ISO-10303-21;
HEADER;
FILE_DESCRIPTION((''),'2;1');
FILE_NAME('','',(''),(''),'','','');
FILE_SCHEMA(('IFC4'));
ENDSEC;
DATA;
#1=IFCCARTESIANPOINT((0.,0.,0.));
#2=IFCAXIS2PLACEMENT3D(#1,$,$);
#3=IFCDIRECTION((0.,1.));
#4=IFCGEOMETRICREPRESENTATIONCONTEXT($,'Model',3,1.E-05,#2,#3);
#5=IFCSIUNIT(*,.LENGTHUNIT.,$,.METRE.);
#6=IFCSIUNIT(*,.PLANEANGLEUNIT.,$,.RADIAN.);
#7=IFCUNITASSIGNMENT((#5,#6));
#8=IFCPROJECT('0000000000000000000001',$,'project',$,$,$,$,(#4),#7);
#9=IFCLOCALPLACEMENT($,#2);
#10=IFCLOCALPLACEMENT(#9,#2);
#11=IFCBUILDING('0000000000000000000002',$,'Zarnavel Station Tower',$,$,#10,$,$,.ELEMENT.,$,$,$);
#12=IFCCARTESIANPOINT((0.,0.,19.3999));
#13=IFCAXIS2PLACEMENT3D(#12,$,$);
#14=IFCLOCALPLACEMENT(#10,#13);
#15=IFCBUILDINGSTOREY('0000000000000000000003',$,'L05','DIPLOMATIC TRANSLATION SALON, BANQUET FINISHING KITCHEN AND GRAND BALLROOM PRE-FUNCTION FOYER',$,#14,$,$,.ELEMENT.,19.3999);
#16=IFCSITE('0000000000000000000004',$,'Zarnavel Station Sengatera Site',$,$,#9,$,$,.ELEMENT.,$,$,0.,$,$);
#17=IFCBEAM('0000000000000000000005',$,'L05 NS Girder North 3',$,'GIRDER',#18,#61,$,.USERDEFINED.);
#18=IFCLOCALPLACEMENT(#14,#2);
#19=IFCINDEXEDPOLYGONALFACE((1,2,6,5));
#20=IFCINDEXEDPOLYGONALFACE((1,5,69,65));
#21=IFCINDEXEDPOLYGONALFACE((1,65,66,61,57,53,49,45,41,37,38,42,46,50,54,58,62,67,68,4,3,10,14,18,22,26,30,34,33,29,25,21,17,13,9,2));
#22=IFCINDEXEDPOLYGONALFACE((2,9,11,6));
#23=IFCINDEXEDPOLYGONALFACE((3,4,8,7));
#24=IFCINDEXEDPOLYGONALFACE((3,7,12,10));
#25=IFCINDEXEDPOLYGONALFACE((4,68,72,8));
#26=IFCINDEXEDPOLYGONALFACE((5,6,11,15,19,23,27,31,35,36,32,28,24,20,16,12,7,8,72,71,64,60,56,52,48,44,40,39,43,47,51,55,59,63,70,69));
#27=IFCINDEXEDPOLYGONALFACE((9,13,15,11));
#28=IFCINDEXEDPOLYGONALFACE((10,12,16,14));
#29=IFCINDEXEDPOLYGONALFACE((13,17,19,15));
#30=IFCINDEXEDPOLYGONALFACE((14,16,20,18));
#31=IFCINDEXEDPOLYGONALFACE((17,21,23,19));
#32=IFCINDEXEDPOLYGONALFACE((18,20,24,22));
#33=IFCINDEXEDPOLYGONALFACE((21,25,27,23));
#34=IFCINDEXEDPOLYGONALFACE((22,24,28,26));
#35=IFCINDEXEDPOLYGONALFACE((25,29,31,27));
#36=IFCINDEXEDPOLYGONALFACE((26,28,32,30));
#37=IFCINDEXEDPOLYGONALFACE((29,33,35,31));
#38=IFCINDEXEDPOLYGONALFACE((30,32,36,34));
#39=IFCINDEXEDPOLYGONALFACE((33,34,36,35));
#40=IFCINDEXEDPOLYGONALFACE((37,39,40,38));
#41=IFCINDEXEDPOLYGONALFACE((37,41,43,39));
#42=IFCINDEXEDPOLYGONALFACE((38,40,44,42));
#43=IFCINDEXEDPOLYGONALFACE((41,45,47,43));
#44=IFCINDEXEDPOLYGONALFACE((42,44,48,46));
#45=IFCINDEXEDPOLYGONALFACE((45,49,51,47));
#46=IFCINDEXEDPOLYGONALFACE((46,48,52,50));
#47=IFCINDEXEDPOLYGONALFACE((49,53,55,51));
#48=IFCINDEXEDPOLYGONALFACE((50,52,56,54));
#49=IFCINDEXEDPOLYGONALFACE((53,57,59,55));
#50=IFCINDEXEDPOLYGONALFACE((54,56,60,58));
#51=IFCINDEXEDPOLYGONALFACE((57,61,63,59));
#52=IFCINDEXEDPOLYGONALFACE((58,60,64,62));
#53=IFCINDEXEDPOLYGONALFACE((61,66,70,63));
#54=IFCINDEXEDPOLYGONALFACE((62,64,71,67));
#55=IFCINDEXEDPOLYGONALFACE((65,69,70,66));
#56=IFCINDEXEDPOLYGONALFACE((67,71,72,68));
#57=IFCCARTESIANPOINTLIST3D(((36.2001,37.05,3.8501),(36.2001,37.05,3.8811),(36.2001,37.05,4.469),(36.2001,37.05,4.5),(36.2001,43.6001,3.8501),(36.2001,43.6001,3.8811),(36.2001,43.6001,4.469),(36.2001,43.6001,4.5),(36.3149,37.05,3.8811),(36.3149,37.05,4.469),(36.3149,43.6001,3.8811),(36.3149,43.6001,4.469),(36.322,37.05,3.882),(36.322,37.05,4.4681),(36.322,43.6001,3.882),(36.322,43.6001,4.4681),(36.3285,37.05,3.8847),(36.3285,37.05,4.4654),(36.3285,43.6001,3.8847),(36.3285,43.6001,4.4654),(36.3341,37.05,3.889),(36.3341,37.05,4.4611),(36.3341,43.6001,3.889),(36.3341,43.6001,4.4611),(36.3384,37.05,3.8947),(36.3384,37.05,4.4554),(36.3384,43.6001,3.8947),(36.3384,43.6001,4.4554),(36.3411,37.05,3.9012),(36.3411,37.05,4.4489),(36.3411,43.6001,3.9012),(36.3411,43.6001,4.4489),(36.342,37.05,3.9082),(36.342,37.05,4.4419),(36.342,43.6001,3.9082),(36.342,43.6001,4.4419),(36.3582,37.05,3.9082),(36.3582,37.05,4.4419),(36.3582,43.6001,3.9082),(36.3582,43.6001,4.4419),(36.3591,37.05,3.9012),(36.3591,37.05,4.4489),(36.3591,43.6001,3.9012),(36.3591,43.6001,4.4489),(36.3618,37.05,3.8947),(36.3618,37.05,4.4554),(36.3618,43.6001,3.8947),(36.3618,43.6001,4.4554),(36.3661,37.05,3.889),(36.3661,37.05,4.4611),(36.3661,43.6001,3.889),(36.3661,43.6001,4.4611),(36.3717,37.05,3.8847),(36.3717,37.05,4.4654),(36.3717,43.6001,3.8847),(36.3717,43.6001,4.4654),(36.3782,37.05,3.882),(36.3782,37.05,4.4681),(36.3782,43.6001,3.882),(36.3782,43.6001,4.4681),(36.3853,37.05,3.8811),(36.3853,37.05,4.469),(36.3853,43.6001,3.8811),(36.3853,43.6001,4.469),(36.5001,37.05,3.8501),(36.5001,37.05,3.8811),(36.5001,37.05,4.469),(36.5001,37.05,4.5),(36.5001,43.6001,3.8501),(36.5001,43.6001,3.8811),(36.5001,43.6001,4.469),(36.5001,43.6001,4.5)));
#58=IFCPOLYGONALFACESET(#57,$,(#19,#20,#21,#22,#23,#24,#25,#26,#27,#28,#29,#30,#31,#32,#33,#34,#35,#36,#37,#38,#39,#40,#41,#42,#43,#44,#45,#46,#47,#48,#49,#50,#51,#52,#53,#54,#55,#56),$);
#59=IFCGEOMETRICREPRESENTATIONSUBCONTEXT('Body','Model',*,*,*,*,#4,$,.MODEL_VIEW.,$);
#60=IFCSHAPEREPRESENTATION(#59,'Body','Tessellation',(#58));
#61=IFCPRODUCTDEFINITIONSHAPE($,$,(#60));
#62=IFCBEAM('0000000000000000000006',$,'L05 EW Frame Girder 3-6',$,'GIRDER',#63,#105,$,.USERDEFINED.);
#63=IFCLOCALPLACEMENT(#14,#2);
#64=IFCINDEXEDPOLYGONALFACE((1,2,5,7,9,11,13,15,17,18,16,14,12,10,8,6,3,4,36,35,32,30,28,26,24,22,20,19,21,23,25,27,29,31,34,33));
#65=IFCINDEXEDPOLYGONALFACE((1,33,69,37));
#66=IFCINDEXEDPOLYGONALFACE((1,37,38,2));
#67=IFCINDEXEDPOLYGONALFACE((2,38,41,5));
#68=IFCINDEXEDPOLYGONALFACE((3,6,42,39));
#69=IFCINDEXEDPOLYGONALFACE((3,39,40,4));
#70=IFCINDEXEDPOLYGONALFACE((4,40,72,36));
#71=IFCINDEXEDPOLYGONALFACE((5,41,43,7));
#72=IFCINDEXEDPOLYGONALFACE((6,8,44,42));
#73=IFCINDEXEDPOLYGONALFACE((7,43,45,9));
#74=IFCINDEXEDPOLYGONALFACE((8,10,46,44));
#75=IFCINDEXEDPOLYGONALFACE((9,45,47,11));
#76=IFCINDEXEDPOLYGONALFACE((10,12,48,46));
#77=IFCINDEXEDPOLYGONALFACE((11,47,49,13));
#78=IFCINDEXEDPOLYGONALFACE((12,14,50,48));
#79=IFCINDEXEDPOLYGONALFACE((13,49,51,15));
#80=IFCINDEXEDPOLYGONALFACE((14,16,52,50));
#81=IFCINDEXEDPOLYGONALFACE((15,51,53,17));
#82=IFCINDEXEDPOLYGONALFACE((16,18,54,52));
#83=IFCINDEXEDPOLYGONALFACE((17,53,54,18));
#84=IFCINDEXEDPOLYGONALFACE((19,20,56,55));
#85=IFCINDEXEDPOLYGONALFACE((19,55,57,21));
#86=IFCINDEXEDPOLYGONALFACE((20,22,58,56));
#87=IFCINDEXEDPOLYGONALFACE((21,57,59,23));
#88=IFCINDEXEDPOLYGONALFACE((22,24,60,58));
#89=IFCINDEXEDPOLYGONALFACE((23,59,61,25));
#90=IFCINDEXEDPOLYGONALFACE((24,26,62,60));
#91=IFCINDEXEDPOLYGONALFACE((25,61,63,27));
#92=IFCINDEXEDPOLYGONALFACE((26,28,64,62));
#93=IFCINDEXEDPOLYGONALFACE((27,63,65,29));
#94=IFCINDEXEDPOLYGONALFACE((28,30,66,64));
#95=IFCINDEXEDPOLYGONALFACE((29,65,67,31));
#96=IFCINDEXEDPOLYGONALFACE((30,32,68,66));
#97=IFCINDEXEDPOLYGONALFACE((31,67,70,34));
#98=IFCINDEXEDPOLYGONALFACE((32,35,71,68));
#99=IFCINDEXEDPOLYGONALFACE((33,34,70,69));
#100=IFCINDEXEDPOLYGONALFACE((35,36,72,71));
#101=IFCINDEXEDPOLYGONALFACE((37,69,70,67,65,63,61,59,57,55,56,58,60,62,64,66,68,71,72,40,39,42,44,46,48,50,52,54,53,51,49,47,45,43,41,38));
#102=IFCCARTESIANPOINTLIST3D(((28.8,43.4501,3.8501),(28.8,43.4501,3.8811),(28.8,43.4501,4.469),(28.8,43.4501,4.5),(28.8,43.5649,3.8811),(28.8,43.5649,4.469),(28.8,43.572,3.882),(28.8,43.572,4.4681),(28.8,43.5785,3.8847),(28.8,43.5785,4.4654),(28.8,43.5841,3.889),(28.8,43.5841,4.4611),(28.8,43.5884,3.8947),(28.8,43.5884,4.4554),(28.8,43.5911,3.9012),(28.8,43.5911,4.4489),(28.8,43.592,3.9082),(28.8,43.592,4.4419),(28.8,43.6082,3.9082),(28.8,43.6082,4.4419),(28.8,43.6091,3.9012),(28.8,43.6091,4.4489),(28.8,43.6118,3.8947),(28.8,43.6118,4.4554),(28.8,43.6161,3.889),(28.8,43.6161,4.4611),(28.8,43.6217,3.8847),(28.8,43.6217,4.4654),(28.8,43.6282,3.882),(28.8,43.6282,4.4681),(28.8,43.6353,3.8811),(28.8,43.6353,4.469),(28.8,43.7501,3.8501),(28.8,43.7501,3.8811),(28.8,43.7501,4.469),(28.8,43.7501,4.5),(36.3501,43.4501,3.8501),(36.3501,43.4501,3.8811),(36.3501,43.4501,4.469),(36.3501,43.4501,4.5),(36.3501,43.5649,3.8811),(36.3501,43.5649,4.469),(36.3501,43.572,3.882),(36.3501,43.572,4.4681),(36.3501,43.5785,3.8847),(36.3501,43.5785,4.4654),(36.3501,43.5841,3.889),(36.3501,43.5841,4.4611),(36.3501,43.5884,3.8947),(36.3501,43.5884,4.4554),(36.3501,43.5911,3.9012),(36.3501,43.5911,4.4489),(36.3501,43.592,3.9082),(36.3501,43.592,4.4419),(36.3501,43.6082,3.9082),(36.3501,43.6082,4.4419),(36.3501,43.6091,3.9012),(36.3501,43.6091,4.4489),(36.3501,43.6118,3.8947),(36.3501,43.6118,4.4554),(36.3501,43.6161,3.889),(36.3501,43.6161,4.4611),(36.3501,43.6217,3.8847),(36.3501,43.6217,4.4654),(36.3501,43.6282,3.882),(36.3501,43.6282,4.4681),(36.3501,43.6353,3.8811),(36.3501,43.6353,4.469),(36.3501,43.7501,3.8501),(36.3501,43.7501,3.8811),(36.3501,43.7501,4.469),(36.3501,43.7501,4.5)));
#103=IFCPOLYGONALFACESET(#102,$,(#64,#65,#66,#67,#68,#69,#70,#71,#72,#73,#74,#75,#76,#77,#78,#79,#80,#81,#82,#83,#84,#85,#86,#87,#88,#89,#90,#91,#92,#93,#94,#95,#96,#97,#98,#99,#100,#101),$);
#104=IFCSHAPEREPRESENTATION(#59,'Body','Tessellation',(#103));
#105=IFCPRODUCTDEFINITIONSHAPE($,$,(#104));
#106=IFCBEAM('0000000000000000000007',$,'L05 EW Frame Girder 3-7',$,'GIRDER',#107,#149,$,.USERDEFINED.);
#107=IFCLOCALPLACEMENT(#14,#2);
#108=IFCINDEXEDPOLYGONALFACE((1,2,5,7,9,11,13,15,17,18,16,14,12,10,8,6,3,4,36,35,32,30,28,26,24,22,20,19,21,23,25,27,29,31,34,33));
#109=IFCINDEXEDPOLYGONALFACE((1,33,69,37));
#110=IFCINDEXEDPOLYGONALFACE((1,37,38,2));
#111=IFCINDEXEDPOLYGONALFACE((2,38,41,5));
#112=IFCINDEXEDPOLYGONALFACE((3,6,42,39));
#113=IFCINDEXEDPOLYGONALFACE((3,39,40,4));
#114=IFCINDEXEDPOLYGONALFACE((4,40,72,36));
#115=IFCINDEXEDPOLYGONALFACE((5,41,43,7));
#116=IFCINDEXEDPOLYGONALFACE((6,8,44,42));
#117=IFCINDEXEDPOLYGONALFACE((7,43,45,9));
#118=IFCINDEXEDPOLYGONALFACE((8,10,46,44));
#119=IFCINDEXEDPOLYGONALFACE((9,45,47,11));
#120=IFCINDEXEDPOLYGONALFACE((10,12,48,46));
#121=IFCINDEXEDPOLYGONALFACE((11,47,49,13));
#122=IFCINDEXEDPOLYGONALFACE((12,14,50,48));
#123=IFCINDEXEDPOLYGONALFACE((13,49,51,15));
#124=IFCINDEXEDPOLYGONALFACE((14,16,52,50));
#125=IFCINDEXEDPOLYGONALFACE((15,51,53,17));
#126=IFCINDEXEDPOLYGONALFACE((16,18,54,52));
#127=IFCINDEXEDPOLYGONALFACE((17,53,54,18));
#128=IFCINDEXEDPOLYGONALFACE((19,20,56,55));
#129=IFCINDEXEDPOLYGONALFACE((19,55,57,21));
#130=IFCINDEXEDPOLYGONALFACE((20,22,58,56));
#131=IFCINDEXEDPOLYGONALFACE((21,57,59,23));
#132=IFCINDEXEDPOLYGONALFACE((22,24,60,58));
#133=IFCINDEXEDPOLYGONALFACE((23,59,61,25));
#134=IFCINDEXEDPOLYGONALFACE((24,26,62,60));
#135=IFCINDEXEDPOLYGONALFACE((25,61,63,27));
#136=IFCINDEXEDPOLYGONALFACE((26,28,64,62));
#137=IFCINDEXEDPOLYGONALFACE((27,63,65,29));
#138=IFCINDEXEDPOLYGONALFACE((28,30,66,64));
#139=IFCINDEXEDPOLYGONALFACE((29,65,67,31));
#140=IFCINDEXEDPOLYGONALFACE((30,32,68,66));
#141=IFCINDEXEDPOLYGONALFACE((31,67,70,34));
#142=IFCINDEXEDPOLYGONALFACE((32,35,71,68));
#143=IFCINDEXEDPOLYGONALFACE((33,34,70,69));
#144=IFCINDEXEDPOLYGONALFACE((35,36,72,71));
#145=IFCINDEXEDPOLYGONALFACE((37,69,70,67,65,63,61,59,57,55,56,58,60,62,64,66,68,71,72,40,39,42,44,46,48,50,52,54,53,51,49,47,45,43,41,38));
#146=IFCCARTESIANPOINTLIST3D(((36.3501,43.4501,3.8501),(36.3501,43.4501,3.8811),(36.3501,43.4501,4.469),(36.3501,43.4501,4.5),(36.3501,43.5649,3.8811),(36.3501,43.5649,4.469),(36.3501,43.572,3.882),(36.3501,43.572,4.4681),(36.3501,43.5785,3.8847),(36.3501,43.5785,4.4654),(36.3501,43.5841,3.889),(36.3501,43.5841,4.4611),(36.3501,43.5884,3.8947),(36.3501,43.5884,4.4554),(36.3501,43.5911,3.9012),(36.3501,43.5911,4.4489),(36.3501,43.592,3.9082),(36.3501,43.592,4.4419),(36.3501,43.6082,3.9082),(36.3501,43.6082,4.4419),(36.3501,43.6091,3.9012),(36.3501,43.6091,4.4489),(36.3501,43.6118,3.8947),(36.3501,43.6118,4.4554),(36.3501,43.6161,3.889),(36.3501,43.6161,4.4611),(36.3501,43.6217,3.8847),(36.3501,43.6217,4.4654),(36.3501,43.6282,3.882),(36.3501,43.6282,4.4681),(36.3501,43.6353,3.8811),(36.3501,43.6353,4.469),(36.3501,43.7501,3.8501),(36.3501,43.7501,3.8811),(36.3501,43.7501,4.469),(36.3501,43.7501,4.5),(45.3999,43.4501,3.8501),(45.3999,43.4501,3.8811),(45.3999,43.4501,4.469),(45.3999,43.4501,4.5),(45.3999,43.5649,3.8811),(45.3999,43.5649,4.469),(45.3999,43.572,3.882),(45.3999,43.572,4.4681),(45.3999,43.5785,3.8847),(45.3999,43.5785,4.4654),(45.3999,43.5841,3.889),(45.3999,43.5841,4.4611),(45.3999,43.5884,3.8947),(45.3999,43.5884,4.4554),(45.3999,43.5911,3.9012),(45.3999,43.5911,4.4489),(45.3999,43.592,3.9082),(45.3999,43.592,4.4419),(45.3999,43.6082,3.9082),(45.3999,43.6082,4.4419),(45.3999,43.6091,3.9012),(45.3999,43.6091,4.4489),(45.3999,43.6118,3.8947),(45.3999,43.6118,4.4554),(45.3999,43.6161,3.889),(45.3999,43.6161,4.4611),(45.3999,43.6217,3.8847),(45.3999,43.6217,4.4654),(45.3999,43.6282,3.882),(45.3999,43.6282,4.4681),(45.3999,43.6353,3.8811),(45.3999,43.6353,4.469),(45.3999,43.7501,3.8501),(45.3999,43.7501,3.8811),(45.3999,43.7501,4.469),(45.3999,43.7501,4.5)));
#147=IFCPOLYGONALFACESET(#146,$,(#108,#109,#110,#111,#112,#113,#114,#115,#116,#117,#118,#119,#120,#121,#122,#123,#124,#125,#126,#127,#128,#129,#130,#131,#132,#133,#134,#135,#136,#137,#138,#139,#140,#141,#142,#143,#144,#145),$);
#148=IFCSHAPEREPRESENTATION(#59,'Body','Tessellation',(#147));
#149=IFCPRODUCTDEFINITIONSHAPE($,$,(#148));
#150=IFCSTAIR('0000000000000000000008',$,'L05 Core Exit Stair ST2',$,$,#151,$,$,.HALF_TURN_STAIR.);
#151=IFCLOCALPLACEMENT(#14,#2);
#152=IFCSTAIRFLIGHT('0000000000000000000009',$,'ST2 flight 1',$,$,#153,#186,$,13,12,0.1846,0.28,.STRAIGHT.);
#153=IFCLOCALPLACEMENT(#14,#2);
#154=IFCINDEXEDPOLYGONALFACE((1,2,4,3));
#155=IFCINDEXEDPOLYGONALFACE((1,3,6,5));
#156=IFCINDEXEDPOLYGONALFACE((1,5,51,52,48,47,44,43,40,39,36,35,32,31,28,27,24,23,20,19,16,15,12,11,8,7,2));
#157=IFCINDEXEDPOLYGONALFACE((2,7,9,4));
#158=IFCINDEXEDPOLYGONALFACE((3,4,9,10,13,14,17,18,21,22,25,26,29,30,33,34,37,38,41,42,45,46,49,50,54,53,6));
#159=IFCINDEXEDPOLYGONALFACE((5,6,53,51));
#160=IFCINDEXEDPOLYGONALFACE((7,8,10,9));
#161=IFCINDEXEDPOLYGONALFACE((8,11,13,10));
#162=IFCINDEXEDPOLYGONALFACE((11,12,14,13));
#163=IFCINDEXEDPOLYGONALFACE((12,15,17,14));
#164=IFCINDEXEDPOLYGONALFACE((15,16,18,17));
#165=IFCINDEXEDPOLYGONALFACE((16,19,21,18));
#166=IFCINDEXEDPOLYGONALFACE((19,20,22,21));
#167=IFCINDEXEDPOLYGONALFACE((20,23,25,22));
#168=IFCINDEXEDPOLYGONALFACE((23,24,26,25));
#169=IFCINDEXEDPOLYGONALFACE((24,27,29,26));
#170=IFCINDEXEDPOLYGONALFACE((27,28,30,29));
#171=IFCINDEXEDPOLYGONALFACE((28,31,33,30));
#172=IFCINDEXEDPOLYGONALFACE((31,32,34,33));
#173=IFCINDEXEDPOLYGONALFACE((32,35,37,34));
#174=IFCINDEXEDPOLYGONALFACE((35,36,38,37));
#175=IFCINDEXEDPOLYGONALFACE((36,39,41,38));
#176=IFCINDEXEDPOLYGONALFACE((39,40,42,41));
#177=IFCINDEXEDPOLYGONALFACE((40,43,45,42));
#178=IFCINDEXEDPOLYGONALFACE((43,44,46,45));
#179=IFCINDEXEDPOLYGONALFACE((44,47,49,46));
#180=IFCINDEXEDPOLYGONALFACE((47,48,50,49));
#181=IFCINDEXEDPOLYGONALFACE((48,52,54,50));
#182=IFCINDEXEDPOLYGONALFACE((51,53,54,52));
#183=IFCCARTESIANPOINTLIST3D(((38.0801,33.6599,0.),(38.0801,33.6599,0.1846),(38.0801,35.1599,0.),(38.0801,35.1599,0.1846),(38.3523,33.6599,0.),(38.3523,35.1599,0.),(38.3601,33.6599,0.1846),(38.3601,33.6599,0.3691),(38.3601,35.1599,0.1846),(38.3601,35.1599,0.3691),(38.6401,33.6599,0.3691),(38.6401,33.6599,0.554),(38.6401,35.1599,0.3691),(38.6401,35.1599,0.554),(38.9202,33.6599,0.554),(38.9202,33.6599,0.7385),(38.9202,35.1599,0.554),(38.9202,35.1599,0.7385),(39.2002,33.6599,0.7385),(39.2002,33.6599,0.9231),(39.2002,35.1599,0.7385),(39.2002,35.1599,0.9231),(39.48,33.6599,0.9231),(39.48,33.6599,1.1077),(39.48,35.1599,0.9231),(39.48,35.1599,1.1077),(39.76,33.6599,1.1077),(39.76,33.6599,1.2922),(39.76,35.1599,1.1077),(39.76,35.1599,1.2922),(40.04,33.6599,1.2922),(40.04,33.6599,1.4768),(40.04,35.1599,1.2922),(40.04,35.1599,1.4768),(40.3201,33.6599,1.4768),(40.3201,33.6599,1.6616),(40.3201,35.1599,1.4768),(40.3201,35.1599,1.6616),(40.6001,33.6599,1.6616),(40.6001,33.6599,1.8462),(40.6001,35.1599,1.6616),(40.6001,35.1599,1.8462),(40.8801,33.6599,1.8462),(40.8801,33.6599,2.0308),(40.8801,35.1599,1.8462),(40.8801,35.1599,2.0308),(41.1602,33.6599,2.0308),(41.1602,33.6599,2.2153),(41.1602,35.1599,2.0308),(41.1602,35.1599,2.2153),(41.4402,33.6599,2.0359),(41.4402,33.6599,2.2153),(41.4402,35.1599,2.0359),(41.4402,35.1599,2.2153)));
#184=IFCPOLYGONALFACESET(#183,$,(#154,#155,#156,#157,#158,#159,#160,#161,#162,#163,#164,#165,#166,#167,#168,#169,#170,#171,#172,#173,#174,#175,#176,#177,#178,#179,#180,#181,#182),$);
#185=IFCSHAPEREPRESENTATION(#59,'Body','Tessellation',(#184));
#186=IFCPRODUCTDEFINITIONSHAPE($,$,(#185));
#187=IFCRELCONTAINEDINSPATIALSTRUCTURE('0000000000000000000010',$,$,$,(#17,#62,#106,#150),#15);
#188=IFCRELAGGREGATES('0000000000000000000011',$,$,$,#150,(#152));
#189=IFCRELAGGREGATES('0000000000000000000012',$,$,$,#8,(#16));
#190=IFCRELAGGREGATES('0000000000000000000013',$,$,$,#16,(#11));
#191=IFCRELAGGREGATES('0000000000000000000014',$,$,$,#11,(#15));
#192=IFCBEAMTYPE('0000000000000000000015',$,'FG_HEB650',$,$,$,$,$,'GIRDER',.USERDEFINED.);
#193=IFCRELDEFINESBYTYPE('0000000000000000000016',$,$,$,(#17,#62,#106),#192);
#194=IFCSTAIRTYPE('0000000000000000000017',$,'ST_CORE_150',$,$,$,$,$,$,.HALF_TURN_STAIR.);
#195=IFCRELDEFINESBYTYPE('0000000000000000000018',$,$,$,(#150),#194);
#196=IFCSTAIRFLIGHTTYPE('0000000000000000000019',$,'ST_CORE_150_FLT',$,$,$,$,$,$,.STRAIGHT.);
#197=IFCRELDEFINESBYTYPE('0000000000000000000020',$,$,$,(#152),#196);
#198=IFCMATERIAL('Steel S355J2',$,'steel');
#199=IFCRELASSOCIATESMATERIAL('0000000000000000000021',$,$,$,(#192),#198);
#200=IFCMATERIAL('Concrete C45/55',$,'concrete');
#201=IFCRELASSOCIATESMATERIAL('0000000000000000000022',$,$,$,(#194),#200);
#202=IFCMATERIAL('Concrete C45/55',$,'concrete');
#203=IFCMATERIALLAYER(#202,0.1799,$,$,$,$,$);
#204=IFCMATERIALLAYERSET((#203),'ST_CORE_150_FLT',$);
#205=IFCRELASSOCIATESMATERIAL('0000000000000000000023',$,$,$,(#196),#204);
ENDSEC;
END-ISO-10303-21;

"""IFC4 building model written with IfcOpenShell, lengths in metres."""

from ifc_helpers import new_model, si_unit, direction, frame, origin, origin_2d, place, context, subcontext, project, spatial, polyline, i_section, outline, extrude, material, layer, layer_set, material_profile, profile_set, type_object, element, aggregate, save


model = new_model("IFC4")

# Units and contexts
model_context = context("Model", 3, precision=1e-05, world=origin(), true_north=direction((0.0, 1.0)))
body_context = subcontext(model_context, "Body", "Model", "MODEL_VIEW")
ifc_project = project(units=[si_unit("LENGTHUNIT", "METRE"), si_unit("PLANEANGLEUNIT", "RADIAN")], contexts=[model_context])

# Site, building, storey
site_placement = place(None, origin())
site = spatial("IfcSite", under=ifc_project, at=site_placement, Name="Zarnavel Station Sengatera Site", CompositionType="ELEMENT", RefElevation=0.0)
building_placement = place(site_placement, origin())
building = spatial("IfcBuilding", under=site, at=building_placement, Name="Zarnavel Station Tower", CompositionType="ELEMENT")
storey_placement = place(building_placement, frame((0.0, 0.0, 19.3999)))
storey = spatial("IfcBuildingStorey", under=building, at=storey_placement, Name="L05", Description="DIPLOMATIC TRANSLATION SALON, BANQUET FINISHING KITCHEN AND GRAND BALLROOM PRE-FUNCTION FOYER", CompositionType="ELEMENT", Elevation=19.3999)

# Beams
ifc_material_1 = material(Name="Steel S355J2", Category="steel")
ifc_material_profile_1 = material_profile(ifc_material_1, i_section(OverallWidth=0.3, OverallDepth=0.6499, WebThickness=0.0161, FlangeThickness=0.031, FilletRadius=0.0271, at=origin_2d()), Name="HEB650")
ifc_profile_set_1 = profile_set([ifc_material_profile_1], Name="Steel S355J2")
beam_type = type_object("IfcBeamType", Name="FG_HEB650", ElementType="GIRDER", PredefinedType="USERDEFINED", material=ifc_profile_set_1)
beam_1_placement = place(storey_placement, frame((36.3501, 37.05, 4.175), z_axis=(0.0, 1.0, 0.0), x_axis=(-1.0, 0.0, 0.0)))
element("IfcBeam", 1, at=beam_1_placement, inside=storey, type_object=beam_type, Name="L05 NS Girder North 3", ObjectType="GIRDER", PredefinedType="USERDEFINED", context=body_context, shape_type="SweptSolid", body=[
    extrude(i_section(OverallWidth=0.3, OverallDepth=0.6499, WebThickness=0.0161, FlangeThickness=0.031, FilletRadius=0.0271, at=origin_2d()), origin(), (0.0, 0.0, 1.0), 6.55),
])
beam_2_placement = place(storey_placement, frame((28.8, 43.6001, 4.175), z_axis=(1.0, 0.0, 0.0), x_axis=(0.0, 1.0, 0.0)))
element("IfcBeam", 2, at=beam_2_placement, inside=storey, type_object=beam_type, Name="L05 EW Frame Girder 3-6", ObjectType="GIRDER", PredefinedType="USERDEFINED", context=body_context, shape_type="SweptSolid", body=[
    extrude(i_section(OverallWidth=0.3, OverallDepth=0.6499, WebThickness=0.0161, FlangeThickness=0.031, FilletRadius=0.0271, at=origin_2d()), origin(), (0.0, 0.0, 1.0), 7.55),
])
beam_3_placement = place(storey_placement, frame((36.3501, 43.6001, 4.175), z_axis=(1.0, 0.0, 0.0), x_axis=(0.0, 1.0, 0.0)))
element("IfcBeam", 3, at=beam_3_placement, inside=storey, type_object=beam_type, Name="L05 EW Frame Girder 3-7", ObjectType="GIRDER", PredefinedType="USERDEFINED", context=body_context, shape_type="SweptSolid", body=[
    extrude(i_section(OverallWidth=0.3, OverallDepth=0.6499, WebThickness=0.0161, FlangeThickness=0.031, FilletRadius=0.0271, at=origin_2d()), origin(), (0.0, 0.0, 1.0), 9.0498),
])

# Stair, stair flight
ifc_material_2 = material(Name="Concrete C45/55", Category="concrete")
stair_type = type_object("IfcStairType", Name="ST_CORE_150", PredefinedType="HALF_TURN_STAIR", material=ifc_material_2)
stair_placement = place(storey_placement, origin())
stair = element("IfcStair", 4, at=stair_placement, inside=storey, type_object=stair_type, Name="L05 Core Exit Stair ST2", PredefinedType="HALF_TURN_STAIR")
ifc_material_3 = material(Name="Concrete C45/55", Category="concrete")
ifc_layer_1 = layer(ifc_material_3, 0.1799)
ifc_layer_set_1 = layer_set([ifc_layer_1], Name="ST_CORE_150_FLT")
stair_flight_type = type_object("IfcStairFlightType", Name="ST_CORE_150_FLT", PredefinedType="STRAIGHT", material=ifc_layer_set_1)
stair_flight_1_placement = place(storey_placement, frame((38.0801, 34.4099, 0.0), z_axis=(0.0, 0.0, 1.0), x_axis=(1.0, 0.0, 0.0)))
stair_flight_1 = element("IfcStairFlight", 5, at=stair_flight_1_placement, type_object=stair_flight_type, Name="ST2 flight 1", NumberOfRisers=13, NumberOfTreads=12, PredefinedType="STRAIGHT", RiserHeight=0.1846, TreadLength=0.28, context=body_context, shape_type="SweptSolid", body=[
    extrude(outline(polyline([(0.0, 0.0), (0.0, 0.1846), (0.28, 0.1846), (0.28, 0.3691), (0.5601, 0.3691), (0.5601, 0.554), (0.8401, 0.554), (0.8401, 0.7385), (1.1201, 0.7385), (1.1201, 0.9231), (1.3999, 0.9231), (1.3999, 1.1077), (1.6799, 1.1077), (1.6799, 1.2922), (1.96, 1.2922), (1.96, 1.4768), (2.24, 1.4768), (2.24, 1.6616), (2.52, 1.6616), (2.52, 1.8462), (2.8, 1.8462), (2.8, 2.0308), (3.0801, 2.0308), (3.0801, 2.2153), (3.3601, 2.2153), (3.3601, 2.3999), (3.3601, 2.0359), (0.2722, 0.0), (0.0, 0.0)])), frame((0.0, 0.75, 0.0), z_axis=(0.0, -1.0, 0.0), x_axis=(1.0, 0.0, 0.0)), (0.0, 0.0, 1.0), 1.5),
])
aggregate(stair, [stair_flight_1])

save(model, "model.ifc")
